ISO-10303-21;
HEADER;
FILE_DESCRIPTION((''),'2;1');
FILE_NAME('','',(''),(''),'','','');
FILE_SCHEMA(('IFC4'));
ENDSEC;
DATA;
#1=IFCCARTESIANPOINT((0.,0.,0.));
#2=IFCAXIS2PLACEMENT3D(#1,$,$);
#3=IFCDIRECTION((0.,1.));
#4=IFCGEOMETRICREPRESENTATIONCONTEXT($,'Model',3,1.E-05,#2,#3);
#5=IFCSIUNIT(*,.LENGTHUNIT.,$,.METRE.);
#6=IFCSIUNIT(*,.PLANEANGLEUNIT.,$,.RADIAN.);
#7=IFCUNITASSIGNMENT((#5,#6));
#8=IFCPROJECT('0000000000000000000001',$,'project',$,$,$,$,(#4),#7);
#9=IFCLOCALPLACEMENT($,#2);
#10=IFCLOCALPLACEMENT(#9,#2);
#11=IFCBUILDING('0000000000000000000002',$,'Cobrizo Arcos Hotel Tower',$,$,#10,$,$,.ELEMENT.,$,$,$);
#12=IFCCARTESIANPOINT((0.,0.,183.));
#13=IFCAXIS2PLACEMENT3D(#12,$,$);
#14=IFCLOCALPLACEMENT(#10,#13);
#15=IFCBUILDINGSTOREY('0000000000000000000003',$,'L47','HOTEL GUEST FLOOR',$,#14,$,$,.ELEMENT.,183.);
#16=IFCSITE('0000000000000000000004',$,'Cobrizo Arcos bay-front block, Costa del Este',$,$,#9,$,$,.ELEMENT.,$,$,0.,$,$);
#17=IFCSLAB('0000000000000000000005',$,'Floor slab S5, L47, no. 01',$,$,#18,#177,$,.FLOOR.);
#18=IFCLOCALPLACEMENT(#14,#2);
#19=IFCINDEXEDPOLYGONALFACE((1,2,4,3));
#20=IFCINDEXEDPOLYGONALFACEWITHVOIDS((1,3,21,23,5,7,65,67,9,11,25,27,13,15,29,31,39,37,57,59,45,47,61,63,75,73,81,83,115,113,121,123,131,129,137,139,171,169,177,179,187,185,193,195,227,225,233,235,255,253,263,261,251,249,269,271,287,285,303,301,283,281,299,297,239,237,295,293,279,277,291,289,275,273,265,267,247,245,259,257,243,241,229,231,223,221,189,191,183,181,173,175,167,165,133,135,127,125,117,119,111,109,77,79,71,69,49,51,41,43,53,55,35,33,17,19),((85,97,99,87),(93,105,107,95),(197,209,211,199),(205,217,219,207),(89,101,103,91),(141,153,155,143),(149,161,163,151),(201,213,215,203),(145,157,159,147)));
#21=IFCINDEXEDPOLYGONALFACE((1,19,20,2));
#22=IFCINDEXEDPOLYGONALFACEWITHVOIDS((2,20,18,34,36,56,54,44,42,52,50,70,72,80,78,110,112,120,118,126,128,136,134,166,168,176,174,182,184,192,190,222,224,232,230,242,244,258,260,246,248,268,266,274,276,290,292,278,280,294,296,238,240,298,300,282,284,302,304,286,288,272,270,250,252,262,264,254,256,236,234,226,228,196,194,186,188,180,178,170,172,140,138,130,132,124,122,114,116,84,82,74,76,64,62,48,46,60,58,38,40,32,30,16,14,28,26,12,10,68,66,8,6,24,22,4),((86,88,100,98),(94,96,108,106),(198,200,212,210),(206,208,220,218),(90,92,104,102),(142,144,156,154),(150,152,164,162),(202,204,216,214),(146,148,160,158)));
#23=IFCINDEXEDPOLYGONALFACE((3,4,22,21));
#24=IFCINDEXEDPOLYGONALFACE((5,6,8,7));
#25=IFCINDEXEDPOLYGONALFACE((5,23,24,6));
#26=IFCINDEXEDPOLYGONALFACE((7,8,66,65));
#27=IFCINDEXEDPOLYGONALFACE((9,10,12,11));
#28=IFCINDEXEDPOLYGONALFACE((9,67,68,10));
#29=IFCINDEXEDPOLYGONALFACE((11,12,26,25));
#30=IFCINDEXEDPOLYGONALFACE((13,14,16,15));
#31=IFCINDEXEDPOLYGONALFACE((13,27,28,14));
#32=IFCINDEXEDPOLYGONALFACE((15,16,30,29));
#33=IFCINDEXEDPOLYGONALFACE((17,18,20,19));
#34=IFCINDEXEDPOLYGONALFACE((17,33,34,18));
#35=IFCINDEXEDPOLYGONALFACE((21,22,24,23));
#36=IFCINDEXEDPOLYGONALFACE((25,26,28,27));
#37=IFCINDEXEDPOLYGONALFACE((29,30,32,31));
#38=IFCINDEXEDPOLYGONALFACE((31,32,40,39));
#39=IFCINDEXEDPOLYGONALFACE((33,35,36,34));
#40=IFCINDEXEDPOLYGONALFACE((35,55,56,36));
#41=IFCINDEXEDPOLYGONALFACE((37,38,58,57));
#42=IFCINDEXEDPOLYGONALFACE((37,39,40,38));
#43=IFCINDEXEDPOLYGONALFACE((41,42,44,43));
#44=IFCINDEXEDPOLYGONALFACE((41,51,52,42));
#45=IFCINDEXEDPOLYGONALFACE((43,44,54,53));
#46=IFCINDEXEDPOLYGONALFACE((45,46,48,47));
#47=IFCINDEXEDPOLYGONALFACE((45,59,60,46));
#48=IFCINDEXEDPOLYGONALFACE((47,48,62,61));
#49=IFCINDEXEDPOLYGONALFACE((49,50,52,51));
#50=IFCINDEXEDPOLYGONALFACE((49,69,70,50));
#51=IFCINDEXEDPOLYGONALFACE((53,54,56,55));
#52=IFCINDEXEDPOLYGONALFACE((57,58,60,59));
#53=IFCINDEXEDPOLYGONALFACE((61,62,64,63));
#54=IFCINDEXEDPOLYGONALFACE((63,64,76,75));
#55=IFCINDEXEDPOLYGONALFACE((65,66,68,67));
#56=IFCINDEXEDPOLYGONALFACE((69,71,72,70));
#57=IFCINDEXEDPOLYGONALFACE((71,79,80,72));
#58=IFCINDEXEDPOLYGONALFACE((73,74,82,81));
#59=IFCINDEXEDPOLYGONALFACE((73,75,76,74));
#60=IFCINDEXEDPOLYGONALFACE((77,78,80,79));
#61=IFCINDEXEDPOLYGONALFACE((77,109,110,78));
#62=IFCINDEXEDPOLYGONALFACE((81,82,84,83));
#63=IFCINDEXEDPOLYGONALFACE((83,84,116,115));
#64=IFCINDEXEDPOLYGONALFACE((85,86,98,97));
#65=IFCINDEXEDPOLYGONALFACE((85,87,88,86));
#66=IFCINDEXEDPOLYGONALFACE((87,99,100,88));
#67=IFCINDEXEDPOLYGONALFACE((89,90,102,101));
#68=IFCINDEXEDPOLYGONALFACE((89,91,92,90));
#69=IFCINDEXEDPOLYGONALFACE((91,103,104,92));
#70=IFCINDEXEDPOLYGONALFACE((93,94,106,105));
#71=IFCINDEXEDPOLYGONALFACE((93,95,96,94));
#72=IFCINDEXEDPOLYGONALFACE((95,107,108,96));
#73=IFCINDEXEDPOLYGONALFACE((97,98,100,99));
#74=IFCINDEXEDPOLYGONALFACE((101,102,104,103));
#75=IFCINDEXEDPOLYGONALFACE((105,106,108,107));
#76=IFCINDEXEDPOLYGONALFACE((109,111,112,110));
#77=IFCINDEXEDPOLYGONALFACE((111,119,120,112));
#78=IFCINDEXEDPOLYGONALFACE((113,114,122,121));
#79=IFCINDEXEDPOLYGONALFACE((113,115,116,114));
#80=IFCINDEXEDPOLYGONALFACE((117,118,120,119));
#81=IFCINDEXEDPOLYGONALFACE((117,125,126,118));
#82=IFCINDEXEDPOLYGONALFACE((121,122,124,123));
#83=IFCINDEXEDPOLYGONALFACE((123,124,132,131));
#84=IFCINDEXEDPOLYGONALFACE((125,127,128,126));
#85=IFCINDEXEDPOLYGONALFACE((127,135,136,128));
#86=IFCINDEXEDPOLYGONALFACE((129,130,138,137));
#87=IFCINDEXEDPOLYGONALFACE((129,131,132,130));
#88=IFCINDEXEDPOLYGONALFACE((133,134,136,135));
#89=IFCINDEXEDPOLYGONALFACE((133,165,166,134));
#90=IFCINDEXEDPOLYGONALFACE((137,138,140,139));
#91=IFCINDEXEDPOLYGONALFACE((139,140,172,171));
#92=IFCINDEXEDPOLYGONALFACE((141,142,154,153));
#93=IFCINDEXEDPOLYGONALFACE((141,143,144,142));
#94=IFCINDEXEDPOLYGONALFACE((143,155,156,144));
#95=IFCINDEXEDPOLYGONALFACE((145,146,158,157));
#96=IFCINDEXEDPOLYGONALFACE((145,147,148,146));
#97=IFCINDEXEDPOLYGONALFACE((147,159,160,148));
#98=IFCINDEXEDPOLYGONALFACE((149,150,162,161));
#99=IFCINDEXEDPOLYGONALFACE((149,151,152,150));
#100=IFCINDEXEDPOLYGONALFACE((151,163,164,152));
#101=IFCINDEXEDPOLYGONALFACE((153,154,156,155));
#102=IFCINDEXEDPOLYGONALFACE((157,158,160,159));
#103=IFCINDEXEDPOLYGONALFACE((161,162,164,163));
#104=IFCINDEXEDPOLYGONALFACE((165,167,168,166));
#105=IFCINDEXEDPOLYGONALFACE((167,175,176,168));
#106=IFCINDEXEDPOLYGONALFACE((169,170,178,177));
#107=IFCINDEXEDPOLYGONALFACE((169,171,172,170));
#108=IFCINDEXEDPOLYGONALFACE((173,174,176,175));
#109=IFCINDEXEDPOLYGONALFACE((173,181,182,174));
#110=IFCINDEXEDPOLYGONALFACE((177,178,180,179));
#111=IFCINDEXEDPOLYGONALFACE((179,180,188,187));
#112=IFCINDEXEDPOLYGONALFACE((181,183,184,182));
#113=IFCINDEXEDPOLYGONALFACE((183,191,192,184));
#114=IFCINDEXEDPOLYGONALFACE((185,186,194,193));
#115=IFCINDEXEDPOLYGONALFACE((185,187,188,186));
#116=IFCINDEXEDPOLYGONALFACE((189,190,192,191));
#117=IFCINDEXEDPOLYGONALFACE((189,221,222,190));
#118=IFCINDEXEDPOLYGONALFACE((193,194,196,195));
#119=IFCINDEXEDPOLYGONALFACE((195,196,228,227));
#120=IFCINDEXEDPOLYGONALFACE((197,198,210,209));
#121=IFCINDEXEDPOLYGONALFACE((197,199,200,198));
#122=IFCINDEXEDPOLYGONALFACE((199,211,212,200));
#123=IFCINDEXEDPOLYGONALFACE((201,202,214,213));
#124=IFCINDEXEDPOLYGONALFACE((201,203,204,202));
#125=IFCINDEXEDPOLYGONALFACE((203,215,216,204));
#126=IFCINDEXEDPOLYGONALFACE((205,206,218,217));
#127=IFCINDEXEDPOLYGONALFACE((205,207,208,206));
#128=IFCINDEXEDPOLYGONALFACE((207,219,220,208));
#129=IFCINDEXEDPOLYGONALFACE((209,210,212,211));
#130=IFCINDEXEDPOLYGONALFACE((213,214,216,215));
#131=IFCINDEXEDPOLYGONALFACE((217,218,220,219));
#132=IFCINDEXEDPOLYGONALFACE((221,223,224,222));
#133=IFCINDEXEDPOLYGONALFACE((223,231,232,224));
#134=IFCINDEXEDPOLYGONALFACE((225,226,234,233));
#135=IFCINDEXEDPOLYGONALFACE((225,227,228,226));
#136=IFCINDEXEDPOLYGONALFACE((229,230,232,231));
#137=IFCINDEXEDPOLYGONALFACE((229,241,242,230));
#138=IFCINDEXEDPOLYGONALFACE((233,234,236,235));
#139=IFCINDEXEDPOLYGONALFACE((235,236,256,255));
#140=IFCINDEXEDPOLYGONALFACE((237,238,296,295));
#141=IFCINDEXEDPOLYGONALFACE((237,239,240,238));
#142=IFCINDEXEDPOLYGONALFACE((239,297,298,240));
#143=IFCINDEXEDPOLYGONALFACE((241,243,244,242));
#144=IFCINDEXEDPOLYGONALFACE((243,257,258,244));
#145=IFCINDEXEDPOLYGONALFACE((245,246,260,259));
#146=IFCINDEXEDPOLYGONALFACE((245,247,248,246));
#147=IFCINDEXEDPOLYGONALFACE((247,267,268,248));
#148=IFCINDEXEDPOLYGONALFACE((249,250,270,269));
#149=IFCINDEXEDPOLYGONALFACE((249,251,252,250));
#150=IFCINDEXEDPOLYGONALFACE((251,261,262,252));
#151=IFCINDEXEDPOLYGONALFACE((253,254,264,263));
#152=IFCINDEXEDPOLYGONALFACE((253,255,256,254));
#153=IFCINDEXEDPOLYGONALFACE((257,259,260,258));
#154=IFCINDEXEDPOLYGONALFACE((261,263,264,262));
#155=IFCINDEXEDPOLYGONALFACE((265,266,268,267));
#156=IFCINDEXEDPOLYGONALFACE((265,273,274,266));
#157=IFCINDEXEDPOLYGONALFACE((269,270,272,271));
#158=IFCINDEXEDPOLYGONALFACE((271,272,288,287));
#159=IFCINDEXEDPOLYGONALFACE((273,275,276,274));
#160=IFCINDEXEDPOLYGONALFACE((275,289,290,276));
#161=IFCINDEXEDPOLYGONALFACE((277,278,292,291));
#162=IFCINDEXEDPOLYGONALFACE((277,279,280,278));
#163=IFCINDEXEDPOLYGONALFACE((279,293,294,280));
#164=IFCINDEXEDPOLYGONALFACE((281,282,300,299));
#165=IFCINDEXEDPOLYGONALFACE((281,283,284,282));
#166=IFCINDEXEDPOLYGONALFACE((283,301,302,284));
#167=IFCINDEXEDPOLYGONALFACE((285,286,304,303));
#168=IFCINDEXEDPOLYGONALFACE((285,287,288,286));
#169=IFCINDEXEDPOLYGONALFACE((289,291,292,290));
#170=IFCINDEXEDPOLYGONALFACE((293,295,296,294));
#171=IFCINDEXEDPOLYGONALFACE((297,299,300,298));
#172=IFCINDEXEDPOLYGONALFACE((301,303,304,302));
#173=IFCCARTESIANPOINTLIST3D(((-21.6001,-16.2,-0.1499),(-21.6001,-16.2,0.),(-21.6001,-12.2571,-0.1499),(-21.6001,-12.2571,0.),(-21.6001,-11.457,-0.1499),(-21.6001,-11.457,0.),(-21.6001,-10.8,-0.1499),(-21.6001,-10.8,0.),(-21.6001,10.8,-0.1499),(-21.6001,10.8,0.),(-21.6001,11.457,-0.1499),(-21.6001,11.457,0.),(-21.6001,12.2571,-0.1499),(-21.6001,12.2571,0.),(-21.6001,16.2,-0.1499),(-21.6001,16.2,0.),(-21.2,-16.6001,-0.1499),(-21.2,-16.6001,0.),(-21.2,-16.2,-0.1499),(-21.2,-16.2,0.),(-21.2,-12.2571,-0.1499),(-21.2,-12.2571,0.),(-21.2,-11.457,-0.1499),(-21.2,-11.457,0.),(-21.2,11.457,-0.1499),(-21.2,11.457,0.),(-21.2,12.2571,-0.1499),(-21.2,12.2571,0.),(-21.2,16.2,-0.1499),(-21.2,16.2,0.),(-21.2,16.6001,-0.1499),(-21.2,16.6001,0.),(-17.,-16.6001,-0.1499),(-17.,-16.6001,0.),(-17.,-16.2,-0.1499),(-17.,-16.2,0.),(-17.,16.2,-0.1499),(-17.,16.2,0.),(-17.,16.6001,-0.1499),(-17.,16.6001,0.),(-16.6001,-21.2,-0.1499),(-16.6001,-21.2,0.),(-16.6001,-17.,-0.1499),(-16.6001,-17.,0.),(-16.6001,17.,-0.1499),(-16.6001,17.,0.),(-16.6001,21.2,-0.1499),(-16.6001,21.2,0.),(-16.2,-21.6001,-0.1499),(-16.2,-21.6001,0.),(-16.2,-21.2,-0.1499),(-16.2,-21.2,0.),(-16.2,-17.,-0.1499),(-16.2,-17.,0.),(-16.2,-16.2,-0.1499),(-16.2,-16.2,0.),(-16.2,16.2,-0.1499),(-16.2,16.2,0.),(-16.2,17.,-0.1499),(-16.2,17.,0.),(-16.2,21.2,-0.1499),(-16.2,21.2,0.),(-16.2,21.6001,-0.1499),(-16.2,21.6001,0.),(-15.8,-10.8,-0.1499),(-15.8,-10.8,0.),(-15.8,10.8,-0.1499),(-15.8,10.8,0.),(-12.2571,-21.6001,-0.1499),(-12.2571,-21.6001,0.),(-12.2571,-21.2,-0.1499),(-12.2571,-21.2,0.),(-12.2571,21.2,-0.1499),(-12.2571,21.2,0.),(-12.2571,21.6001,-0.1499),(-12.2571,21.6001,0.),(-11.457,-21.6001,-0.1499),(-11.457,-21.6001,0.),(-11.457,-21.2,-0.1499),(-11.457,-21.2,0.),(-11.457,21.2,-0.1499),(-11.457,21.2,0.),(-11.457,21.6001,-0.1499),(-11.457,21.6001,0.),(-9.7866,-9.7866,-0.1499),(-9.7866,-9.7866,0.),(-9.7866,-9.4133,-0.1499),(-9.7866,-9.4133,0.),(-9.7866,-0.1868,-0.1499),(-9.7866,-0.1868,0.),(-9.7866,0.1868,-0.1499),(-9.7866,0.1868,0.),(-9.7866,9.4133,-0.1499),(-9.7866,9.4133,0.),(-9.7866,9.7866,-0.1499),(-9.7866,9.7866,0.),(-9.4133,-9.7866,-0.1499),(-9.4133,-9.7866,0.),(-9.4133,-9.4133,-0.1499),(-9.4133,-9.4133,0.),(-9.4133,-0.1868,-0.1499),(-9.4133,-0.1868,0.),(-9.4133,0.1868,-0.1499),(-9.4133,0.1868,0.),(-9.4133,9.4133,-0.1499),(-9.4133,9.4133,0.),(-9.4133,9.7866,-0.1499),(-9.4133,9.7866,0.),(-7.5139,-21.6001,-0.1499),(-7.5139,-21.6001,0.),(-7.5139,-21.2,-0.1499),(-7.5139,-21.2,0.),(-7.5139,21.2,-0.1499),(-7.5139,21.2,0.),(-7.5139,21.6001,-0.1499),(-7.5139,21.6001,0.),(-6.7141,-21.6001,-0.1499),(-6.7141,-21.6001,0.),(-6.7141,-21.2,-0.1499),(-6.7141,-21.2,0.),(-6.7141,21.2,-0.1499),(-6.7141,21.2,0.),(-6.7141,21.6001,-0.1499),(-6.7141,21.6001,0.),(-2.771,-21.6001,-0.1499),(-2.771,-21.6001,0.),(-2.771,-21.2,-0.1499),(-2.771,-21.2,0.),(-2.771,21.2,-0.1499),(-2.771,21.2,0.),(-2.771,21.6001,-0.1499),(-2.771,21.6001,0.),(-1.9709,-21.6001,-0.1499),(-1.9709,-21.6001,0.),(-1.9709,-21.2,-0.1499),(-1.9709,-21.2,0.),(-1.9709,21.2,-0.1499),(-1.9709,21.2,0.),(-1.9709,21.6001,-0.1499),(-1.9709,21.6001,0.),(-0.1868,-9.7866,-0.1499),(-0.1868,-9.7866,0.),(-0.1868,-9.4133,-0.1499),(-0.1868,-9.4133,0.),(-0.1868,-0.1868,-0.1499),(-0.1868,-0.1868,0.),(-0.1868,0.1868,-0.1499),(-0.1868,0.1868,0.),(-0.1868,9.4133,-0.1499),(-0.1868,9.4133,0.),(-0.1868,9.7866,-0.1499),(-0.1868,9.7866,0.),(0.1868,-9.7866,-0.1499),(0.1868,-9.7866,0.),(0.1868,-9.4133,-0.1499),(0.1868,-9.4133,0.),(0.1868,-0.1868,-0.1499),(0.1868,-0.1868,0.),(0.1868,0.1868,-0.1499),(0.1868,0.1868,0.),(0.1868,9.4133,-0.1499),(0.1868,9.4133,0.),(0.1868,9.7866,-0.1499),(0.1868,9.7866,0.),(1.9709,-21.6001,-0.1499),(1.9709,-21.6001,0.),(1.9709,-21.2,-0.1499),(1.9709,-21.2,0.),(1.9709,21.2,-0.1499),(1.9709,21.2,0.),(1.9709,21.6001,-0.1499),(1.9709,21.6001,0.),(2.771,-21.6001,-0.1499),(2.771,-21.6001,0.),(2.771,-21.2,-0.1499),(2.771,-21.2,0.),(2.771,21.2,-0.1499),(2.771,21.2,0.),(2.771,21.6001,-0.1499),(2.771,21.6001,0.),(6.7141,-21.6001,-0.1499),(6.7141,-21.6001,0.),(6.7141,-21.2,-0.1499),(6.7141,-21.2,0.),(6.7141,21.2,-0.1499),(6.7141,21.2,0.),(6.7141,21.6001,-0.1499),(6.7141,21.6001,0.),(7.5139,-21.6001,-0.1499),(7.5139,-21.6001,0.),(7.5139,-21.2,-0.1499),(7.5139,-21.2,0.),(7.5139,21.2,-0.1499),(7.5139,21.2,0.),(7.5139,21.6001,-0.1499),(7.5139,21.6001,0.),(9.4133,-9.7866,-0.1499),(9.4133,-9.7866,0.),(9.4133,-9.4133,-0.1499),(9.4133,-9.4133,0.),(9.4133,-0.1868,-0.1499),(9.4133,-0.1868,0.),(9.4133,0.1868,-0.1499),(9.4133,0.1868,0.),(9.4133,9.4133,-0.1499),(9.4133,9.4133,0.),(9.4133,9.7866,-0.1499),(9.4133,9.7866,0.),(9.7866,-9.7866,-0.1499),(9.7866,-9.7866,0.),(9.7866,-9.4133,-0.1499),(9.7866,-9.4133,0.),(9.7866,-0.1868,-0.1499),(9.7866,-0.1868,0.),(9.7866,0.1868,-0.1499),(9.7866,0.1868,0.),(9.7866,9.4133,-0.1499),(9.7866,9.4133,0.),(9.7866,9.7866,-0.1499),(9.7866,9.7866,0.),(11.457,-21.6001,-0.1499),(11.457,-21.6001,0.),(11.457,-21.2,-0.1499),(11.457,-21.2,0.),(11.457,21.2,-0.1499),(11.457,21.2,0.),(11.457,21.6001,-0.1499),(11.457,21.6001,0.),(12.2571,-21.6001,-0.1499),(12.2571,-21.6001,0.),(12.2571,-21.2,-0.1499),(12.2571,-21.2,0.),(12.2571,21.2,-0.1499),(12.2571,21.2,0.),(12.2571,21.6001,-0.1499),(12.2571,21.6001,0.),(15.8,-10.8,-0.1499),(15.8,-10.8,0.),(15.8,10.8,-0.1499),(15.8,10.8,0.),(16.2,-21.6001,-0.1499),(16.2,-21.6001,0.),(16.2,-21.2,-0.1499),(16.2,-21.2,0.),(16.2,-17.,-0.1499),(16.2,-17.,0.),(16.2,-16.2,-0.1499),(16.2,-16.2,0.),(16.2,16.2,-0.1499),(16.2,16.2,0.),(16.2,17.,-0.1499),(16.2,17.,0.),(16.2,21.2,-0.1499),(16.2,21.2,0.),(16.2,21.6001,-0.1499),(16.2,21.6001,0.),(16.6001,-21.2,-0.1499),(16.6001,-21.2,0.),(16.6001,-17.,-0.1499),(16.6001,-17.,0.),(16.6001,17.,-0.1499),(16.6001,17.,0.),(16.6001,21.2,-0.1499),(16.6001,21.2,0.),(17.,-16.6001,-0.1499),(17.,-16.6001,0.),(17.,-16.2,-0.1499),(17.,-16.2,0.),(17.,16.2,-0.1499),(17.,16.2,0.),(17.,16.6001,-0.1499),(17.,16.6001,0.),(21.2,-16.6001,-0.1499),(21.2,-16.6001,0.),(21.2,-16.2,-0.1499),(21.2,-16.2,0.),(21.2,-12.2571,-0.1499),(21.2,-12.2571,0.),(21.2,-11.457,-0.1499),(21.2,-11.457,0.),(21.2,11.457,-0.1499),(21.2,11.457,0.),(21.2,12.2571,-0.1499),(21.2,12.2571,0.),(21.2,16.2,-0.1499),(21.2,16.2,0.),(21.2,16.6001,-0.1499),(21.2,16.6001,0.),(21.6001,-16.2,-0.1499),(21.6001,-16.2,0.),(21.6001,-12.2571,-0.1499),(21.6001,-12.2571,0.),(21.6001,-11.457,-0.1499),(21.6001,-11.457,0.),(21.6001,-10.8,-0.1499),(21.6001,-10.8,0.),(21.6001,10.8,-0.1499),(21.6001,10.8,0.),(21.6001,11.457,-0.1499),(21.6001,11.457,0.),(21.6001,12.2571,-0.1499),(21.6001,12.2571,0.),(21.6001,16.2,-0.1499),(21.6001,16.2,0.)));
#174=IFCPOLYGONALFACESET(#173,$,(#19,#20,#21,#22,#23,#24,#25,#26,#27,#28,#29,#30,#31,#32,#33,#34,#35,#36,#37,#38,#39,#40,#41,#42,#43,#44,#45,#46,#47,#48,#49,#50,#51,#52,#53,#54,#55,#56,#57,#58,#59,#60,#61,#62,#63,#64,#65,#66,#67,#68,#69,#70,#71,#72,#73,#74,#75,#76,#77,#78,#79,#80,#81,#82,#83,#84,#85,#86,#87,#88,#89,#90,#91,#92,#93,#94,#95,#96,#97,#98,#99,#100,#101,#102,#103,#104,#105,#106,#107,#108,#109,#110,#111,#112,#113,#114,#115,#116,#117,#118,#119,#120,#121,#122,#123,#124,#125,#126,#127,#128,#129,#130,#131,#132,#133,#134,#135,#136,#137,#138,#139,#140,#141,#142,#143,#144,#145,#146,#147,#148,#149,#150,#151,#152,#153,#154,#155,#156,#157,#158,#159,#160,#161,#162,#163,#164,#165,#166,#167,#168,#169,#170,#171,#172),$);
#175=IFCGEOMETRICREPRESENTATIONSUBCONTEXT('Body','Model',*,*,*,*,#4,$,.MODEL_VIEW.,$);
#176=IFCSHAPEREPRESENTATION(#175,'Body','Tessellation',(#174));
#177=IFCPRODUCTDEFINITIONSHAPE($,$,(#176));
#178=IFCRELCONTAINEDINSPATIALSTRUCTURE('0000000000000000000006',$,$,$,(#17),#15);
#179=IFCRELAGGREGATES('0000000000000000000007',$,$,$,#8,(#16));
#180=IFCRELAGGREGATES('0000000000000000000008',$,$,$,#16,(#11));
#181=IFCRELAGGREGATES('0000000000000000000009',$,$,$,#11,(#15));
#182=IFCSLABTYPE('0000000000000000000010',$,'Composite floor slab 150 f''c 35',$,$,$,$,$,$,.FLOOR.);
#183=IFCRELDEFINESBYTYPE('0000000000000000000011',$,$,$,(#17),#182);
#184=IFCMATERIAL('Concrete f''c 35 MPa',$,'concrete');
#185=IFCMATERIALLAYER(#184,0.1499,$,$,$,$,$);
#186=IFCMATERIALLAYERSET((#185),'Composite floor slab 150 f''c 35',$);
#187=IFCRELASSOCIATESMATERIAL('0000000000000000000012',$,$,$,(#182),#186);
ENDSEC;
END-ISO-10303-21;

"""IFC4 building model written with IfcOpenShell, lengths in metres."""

from ifc_helpers import new_model, si_unit, direction, frame, origin, place, context, subcontext, project, spatial, polyline, outline, extrude, material, layer, layer_set, type_object, element, save


model = new_model("IFC4")

# Units and contexts
model_context = context("Model", 3, precision=1e-05, world=origin(), true_north=direction((0.0, 1.0)))
body_context = subcontext(model_context, "Body", "Model", "MODEL_VIEW")
ifc_project = project(units=[si_unit("LENGTHUNIT", "METRE"), si_unit("PLANEANGLEUNIT", "RADIAN")], contexts=[model_context])

# Site, building, storey
site_placement = place(None, origin())
site = spatial("IfcSite", under=ifc_project, at=site_placement, Name="Cobrizo Arcos bay-front block, Costa del Este", CompositionType="ELEMENT", RefElevation=0.0)
building_placement = place(site_placement, origin())
building = spatial("IfcBuilding", under=site, at=building_placement, Name="Cobrizo Arcos Hotel Tower", CompositionType="ELEMENT")
storey_placement = place(building_placement, frame((0.0, 0.0, 183.0)))
storey = spatial("IfcBuildingStorey", under=building, at=storey_placement, Name="L47", Description="HOTEL GUEST FLOOR", CompositionType="ELEMENT", Elevation=183.0)

# Slab
ifc_material_1 = material(Name="Concrete f'c 35 MPa", Category="concrete")
ifc_layer_1 = layer(ifc_material_1, 0.1499)
ifc_layer_set_1 = layer_set([ifc_layer_1], Name="Composite floor slab 150 f'c 35")
slab_type_1 = type_object("IfcSlabType", Name="Composite floor slab 150 f'c 35", PredefinedType="FLOOR", material=ifc_layer_set_1)
slab_1_placement = place(storey_placement, frame((0.0, 0.0, -0.1499)))
element("IfcSlab", 1, at=slab_1_placement, inside=storey, type_object=slab_type_1, Name="Floor slab S5, L47, no. 01", PredefinedType="FLOOR", context=body_context, shape_type="SweptSolid", body=[
    extrude(outline(polyline([(-16.2, -21.6001), (-16.2, -21.2), (-16.6001, -21.2), (-16.6001, -17.0), (-16.2, -17.0), (-16.2, -16.2), (-17.0, -16.2), (-17.0, -16.6001), (-21.2, -16.6001), (-21.2, -16.2), (-21.6001, -16.2), (-21.6001, -12.2571), (-21.2, -12.2571), (-21.2, -11.457), (-21.6001, -11.457), (-21.6001, -10.8), (-15.8, -10.8), (-15.8, 10.8), (-21.6001, 10.8), (-21.6001, 11.457), (-21.2, 11.457), (-21.2, 12.2571), (-21.6001, 12.2571), (-21.6001, 16.2), (-21.2, 16.2), (-21.2, 16.6001), (-17.0, 16.6001), (-17.0, 16.2), (-16.2, 16.2), (-16.2, 17.0), (-16.6001, 17.0), (-16.6001, 21.2), (-16.2, 21.2), (-16.2, 21.6001), (-12.2571, 21.6001), (-12.2571, 21.2), (-11.457, 21.2), (-11.457, 21.6001), (-7.5139, 21.6001), (-7.5139, 21.2), (-6.7141, 21.2), (-6.7141, 21.6001), (-2.771, 21.6001), (-2.771, 21.2), (-1.9709, 21.2), (-1.9709, 21.6001), (1.9709, 21.6001), (1.9709, 21.2), (2.771, 21.2), (2.771, 21.6001), (6.7141, 21.6001), (6.7141, 21.2), (7.5139, 21.2), (7.5139, 21.6001), (11.457, 21.6001), (11.457, 21.2), (12.2571, 21.2), (12.2571, 21.6001), (16.2, 21.6001), (16.2, 21.2), (16.6001, 21.2), (16.6001, 17.0), (16.2, 17.0), (16.2, 16.2), (17.0, 16.2), (17.0, 16.6001), (21.2, 16.6001), (21.2, 16.2), (21.6001, 16.2), (21.6001, 12.2571), (21.2, 12.2571), (21.2, 11.457), (21.6001, 11.457), (21.6001, 10.8), (15.8, 10.8), (15.8, -10.8), (21.6001, -10.8), (21.6001, -11.457), (21.2, -11.457), (21.2, -12.2571), (21.6001, -12.2571), (21.6001, -16.2), (21.2, -16.2), (21.2, -16.6001), (17.0, -16.6001), (17.0, -16.2), (16.2, -16.2), (16.2, -17.0), (16.6001, -17.0), (16.6001, -21.2), (16.2, -21.2), (16.2, -21.6001), (12.2571, -21.6001), (12.2571, -21.2), (11.457, -21.2), (11.457, -21.6001), (7.5139, -21.6001), (7.5139, -21.2), (6.7141, -21.2), (6.7141, -21.6001), (2.771, -21.6001), (2.771, -21.2), (1.9709, -21.2), (1.9709, -21.6001), (-1.9709, -21.6001), (-1.9709, -21.2), (-2.771, -21.2), (-2.771, -21.6001), (-6.7141, -21.6001), (-6.7141, -21.2), (-7.5139, -21.2), (-7.5139, -21.6001), (-11.457, -21.6001), (-11.457, -21.2), (-12.2571, -21.2), (-12.2571, -21.6001), (-16.2, -21.6001)]), holes=[polyline([(-0.1868, -9.7866), (0.1868, -9.7866), (0.1868, -9.4133), (-0.1868, -9.4133), (-0.1868, -9.7866)]), polyline([(-9.7866, -9.7866), (-9.4133, -9.7866), (-9.4133, -9.4133), (-9.7866, -9.4133), (-9.7866, -9.7866)]), polyline([(-9.4133, -0.1868), (-9.4133, 0.1868), (-9.7866, 0.1868), (-9.7866, -0.1868), (-9.4133, -0.1868)]), polyline([(0.1868, -0.1868), (0.1868, 0.1868), (-0.1868, 0.1868), (-0.1868, -0.1868), (0.1868, -0.1868)]), polyline([(-9.7866, 9.4133), (-9.4133, 9.4133), (-9.4133, 9.7866), (-9.7866, 9.7866), (-9.7866, 9.4133)]), polyline([(9.4133, -9.7866), (9.7866, -9.7866), (9.7866, -9.4133), (9.4133, -9.4133), (9.4133, -9.7866)]), polyline([(9.4133, -0.1868), (9.7866, -0.1868), (9.7866, 0.1868), (9.4133, 0.1868), (9.4133, -0.1868)]), polyline([(9.7866, 9.4133), (9.7866, 9.7866), (9.4133, 9.7866), (9.4133, 9.4133), (9.7866, 9.4133)]), polyline([(0.1868, 9.4133), (0.1868, 9.7866), (-0.1868, 9.7866), (-0.1868, 9.4133), (0.1868, 9.4133)])]), origin(), (0.0, 0.0, 1.0), 0.1499),
])

save(model, "model.ifc")
